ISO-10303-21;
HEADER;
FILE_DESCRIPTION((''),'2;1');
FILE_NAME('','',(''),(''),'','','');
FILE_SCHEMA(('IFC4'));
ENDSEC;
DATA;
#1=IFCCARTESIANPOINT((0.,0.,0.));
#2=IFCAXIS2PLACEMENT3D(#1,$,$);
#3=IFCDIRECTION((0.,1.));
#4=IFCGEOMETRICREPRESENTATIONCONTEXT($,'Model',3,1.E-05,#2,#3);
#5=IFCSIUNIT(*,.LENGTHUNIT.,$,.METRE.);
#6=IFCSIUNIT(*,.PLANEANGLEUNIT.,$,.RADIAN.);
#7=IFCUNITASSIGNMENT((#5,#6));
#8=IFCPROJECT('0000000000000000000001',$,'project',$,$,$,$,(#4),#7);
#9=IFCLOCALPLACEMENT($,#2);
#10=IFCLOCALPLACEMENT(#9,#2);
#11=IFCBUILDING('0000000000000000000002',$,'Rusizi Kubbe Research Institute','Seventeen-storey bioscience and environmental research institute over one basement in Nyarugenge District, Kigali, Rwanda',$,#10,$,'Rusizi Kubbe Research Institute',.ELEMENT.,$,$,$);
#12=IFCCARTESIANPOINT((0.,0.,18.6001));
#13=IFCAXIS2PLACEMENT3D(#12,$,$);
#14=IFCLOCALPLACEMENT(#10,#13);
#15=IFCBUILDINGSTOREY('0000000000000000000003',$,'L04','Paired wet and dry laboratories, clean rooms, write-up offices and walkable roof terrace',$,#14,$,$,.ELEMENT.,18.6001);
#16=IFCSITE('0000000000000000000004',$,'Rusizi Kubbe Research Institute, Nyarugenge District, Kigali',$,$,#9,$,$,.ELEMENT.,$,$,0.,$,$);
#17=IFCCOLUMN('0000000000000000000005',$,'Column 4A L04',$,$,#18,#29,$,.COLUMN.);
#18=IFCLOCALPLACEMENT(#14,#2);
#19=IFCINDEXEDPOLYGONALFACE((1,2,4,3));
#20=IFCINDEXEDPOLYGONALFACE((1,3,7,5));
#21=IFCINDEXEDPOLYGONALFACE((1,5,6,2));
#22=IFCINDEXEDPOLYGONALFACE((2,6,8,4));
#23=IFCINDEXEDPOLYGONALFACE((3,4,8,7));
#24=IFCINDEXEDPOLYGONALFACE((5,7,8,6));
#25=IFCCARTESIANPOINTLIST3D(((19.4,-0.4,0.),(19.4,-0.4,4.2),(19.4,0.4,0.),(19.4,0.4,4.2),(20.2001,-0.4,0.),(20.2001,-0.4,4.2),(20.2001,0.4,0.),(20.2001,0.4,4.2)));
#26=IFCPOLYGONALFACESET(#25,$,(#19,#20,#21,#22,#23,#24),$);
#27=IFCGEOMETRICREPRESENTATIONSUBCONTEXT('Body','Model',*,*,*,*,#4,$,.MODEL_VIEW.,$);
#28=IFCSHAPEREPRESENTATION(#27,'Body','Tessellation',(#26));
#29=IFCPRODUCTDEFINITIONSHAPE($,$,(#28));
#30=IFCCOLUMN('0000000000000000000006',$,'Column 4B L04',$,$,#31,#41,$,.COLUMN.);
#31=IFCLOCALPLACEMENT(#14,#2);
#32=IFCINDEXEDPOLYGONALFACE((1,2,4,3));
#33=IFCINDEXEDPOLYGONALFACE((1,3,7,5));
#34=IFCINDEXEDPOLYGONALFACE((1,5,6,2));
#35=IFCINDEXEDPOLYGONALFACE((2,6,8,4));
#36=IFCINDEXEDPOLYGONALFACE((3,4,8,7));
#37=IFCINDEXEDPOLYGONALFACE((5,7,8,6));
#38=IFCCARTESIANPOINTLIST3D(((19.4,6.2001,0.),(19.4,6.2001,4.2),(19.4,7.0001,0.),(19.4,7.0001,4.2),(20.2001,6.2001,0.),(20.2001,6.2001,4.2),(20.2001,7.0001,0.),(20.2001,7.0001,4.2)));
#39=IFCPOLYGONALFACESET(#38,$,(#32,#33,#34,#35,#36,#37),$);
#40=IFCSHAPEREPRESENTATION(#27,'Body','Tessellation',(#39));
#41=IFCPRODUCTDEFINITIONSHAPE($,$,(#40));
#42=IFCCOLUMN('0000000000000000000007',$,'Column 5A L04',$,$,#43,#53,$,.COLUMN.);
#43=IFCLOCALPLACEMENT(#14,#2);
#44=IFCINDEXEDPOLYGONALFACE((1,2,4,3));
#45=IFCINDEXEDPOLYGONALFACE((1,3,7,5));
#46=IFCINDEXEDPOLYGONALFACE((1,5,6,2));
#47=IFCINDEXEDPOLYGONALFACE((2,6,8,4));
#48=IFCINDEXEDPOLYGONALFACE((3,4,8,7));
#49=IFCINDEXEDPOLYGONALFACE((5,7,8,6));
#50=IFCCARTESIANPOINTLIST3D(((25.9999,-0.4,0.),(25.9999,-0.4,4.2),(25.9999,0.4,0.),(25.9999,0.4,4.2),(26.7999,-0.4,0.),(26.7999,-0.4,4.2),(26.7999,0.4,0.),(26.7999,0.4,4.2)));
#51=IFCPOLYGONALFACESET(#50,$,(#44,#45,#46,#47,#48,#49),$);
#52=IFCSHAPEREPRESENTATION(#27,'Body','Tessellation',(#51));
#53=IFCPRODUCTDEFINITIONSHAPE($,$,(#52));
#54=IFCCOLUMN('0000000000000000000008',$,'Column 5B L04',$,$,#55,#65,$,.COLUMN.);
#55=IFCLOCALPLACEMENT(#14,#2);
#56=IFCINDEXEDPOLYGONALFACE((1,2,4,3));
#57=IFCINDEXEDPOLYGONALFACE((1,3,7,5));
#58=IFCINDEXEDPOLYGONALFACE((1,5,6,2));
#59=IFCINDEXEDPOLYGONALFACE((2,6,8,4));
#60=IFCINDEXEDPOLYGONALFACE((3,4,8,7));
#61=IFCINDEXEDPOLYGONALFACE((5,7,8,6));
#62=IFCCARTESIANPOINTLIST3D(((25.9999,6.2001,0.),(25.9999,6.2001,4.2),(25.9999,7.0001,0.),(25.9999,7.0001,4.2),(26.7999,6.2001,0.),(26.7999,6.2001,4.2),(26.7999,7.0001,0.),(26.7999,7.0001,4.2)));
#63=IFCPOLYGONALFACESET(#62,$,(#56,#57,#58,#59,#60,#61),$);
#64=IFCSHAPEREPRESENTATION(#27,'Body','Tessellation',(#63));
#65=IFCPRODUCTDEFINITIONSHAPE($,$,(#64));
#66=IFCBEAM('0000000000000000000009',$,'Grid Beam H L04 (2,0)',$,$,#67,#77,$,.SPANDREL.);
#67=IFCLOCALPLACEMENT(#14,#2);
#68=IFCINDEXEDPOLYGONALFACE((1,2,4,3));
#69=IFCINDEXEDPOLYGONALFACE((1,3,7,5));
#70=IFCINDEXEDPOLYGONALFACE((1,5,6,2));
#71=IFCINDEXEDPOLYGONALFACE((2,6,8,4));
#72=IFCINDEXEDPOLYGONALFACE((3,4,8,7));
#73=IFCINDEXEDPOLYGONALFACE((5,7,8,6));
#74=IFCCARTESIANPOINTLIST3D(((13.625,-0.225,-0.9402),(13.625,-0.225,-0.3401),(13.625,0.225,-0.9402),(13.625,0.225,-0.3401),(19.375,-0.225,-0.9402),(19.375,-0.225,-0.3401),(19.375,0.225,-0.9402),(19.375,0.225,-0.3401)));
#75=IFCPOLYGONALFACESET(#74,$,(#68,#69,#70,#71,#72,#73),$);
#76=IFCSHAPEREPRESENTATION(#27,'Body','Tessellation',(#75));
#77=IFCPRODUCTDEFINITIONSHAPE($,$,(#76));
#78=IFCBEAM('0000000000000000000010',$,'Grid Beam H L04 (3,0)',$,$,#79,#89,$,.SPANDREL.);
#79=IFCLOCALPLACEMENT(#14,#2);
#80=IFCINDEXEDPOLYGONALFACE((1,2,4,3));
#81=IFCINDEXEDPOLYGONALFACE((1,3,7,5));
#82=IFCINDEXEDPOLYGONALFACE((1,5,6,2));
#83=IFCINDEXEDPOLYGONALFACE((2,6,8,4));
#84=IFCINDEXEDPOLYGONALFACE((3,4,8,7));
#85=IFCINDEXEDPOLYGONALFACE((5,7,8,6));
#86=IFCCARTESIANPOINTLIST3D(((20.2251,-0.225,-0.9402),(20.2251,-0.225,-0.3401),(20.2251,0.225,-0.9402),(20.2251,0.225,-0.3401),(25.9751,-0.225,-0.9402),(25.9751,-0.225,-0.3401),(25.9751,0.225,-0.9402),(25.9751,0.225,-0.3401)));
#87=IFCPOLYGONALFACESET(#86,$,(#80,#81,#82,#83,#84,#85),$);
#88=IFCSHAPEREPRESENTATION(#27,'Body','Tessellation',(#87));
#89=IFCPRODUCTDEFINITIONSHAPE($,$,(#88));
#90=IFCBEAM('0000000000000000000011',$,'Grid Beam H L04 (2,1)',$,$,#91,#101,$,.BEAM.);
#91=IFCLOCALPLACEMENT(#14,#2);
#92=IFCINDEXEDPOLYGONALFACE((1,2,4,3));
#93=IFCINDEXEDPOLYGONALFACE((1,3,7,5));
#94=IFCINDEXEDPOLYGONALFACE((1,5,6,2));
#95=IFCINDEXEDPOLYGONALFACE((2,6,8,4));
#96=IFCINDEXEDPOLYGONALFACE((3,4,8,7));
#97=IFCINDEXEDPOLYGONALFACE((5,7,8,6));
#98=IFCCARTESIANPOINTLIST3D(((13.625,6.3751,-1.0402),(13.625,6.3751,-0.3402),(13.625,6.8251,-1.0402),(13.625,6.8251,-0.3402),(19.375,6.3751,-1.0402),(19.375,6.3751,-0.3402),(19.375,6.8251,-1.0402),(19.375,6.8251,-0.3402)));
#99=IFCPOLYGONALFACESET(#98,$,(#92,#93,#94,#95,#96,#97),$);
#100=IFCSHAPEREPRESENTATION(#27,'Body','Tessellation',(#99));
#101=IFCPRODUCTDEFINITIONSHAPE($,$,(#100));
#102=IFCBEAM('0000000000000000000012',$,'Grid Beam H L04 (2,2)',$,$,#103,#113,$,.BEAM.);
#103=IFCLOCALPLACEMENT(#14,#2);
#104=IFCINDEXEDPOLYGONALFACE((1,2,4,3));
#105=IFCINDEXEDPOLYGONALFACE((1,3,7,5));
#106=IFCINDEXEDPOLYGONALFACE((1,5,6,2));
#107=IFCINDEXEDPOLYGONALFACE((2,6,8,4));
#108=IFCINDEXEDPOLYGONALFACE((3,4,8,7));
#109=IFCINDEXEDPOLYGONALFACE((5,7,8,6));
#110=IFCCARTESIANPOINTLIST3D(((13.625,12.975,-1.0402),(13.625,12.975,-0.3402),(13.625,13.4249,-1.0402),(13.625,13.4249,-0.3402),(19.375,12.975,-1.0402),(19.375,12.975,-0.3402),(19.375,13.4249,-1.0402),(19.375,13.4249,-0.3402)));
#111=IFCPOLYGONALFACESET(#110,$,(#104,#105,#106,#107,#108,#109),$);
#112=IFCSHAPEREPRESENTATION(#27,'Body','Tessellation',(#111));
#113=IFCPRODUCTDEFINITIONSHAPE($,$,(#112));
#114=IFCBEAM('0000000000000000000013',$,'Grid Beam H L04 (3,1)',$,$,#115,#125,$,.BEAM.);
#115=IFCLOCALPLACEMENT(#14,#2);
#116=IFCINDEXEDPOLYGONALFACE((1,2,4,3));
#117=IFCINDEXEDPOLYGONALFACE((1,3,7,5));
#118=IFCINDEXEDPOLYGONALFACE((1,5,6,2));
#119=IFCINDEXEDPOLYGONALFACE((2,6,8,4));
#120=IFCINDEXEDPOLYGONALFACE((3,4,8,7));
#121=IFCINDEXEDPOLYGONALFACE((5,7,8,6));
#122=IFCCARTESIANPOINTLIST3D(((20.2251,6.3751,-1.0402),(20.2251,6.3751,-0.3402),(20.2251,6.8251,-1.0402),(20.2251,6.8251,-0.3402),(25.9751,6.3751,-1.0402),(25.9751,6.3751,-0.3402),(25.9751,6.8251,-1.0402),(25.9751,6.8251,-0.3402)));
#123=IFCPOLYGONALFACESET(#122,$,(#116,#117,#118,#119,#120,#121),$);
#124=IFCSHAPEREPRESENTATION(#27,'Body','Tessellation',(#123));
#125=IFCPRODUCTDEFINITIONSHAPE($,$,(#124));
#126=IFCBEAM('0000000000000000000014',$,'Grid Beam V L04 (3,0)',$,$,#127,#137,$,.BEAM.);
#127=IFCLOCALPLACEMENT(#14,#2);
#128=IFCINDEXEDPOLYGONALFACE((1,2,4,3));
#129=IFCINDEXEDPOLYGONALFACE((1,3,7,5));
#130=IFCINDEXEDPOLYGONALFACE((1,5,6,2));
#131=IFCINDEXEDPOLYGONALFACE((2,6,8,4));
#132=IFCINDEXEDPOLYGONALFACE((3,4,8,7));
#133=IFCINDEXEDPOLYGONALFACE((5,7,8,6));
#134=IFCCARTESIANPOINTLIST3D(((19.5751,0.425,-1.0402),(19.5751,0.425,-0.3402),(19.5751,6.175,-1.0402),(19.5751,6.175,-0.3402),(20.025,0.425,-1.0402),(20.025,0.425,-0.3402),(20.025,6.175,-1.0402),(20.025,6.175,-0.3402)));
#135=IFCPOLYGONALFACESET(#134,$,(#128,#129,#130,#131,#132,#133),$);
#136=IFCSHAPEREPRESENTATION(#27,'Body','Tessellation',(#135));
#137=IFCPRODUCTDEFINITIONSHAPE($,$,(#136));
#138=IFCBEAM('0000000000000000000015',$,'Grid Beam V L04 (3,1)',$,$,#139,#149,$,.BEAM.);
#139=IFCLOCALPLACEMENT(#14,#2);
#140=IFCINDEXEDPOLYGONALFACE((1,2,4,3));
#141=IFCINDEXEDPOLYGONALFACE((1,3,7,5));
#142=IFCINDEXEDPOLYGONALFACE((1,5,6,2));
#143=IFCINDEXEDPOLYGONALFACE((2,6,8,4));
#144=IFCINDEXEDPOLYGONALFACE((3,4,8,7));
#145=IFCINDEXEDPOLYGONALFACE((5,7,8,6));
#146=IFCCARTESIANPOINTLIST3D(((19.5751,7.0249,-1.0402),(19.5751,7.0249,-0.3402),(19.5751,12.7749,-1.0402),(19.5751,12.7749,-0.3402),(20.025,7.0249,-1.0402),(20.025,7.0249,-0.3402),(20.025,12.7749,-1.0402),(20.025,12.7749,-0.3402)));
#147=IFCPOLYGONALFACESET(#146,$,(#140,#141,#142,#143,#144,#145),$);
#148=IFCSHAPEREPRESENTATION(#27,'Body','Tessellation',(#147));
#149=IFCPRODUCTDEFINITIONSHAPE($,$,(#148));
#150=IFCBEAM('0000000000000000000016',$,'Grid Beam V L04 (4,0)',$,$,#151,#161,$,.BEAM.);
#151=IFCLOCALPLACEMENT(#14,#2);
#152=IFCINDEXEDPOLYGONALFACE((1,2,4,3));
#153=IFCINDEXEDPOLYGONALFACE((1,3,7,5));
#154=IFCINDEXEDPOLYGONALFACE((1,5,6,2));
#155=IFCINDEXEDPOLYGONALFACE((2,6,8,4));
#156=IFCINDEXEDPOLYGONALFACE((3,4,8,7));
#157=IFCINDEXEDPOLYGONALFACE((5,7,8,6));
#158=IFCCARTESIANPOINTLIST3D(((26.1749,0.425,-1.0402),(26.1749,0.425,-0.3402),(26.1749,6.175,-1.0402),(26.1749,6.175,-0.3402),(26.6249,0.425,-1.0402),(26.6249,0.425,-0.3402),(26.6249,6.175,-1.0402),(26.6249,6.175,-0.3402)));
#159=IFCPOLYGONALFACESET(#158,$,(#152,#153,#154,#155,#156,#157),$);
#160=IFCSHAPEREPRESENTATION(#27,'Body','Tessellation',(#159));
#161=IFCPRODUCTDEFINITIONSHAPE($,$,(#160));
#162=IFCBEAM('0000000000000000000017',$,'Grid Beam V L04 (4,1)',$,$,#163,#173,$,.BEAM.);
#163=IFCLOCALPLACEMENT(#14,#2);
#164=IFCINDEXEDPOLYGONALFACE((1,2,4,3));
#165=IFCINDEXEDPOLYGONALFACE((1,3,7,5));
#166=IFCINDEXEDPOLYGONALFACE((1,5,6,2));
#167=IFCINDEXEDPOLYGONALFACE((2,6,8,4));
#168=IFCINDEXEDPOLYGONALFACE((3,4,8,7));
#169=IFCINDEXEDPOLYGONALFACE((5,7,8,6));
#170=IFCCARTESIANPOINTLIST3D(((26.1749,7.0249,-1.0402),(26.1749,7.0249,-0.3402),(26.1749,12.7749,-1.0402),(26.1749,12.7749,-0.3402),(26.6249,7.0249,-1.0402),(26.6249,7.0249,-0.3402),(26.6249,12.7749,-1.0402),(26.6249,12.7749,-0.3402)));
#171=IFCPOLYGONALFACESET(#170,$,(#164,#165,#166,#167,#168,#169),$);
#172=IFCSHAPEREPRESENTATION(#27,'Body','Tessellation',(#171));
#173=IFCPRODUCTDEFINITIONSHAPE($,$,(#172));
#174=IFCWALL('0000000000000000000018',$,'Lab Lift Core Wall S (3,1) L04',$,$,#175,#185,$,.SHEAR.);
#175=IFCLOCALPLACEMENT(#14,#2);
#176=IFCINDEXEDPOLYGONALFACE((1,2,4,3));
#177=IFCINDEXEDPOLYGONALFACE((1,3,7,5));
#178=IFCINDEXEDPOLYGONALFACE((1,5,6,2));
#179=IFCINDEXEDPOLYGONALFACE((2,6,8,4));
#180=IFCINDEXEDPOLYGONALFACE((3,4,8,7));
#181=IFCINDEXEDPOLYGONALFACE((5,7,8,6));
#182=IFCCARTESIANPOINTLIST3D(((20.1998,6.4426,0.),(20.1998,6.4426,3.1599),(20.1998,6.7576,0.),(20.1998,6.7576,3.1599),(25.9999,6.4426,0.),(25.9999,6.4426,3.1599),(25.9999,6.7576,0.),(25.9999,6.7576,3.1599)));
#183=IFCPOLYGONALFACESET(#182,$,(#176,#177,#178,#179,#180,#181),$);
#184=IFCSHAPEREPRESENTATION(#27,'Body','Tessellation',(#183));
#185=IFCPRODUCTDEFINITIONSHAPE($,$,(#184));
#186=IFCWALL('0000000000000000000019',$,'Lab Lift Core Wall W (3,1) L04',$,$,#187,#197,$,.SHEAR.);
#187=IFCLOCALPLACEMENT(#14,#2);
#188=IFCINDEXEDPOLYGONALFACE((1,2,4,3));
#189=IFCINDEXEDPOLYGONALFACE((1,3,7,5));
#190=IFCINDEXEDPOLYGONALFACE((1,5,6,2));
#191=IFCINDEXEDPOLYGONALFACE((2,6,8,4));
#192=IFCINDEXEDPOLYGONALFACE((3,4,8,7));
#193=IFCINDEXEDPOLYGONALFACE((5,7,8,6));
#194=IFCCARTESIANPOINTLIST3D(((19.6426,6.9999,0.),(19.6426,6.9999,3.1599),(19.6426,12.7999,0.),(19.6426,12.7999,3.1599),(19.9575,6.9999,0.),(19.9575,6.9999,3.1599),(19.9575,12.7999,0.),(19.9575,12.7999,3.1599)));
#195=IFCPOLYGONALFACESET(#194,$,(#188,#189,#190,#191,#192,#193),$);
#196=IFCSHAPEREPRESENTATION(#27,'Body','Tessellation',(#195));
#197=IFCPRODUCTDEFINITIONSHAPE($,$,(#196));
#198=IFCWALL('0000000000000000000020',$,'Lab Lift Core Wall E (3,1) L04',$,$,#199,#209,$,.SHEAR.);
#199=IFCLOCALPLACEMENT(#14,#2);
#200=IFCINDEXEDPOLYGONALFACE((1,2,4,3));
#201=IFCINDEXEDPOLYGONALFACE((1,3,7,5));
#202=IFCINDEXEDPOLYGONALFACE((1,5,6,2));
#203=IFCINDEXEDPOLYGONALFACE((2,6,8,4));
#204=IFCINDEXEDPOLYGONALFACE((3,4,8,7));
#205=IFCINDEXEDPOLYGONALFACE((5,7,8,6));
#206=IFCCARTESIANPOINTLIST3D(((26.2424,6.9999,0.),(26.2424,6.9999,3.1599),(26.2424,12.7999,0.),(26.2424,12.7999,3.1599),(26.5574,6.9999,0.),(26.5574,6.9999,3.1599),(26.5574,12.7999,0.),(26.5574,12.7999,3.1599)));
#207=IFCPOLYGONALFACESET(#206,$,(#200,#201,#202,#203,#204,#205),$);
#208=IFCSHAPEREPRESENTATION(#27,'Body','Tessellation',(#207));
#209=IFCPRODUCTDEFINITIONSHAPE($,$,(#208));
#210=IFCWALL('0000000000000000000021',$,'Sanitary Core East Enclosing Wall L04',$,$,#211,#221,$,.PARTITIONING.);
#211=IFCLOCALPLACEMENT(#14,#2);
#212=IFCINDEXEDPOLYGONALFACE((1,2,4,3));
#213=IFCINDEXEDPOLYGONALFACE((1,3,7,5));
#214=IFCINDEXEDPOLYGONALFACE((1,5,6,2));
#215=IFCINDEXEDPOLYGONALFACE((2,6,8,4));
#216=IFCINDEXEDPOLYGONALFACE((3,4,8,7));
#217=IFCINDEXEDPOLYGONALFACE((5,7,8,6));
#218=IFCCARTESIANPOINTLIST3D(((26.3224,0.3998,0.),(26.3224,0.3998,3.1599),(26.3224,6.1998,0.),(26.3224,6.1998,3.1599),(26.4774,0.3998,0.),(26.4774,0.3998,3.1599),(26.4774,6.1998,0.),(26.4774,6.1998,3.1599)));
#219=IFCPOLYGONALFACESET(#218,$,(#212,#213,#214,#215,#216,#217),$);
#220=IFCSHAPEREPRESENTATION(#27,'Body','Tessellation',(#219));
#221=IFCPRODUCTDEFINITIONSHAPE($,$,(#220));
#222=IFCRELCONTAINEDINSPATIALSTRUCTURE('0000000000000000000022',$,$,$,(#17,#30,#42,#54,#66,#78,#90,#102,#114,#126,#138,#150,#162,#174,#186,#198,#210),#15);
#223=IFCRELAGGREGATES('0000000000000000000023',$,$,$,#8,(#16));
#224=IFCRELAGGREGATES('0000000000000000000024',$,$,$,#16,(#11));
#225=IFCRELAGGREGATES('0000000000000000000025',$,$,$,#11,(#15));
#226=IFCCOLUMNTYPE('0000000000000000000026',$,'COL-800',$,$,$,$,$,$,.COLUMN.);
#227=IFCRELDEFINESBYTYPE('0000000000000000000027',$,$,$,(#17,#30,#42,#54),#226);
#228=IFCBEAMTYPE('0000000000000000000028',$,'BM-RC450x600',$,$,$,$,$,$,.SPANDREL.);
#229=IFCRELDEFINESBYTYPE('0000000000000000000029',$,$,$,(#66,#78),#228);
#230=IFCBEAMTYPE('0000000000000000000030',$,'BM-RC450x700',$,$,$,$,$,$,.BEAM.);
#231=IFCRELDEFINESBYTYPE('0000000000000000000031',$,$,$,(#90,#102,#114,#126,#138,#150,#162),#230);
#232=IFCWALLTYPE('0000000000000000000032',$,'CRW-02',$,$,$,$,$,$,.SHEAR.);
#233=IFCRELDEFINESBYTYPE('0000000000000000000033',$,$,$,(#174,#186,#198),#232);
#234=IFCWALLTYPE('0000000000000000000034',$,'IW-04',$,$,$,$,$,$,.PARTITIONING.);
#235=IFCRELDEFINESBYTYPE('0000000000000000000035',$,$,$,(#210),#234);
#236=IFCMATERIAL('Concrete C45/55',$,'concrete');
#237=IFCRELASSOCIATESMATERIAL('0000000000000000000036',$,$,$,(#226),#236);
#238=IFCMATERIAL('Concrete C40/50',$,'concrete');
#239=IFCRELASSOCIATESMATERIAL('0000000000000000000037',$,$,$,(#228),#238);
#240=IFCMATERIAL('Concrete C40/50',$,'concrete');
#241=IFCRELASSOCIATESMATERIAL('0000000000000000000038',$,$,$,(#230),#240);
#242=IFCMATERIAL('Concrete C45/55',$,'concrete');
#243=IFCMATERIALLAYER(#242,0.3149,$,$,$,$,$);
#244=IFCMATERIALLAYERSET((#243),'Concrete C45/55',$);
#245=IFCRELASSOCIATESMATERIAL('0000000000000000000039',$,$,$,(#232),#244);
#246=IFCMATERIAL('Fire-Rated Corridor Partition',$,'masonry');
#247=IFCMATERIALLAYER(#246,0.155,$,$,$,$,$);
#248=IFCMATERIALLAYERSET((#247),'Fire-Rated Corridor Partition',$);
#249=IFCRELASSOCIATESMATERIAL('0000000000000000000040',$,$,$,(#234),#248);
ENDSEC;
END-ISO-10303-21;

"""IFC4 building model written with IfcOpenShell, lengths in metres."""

from ifc_helpers import new_model, si_unit, direction, frame, frame_2d, origin, origin_2d, place, context, subcontext, project, spatial, rectangle, extrude, material, layer, layer_set, material_profile, profile_set, type_object, element, save


model = new_model("IFC4")

# Units and contexts
model_context = context("Model", 3, precision=1e-05, world=origin(), true_north=direction((0.0, 1.0)))
body_context = subcontext(model_context, "Body", "Model", "MODEL_VIEW")
ifc_project = project(units=[si_unit("LENGTHUNIT", "METRE"), si_unit("PLANEANGLEUNIT", "RADIAN")], contexts=[model_context])

# Site, building, storey
site_placement = place(None, origin())
site = spatial("IfcSite", under=ifc_project, at=site_placement, Name="Rusizi Kubbe Research Institute, Nyarugenge District, Kigali", CompositionType="ELEMENT", RefElevation=0.0)
building_placement = place(site_placement, origin())
building = spatial("IfcBuilding", under=site, at=building_placement, Name="Rusizi Kubbe Research Institute", Description="Seventeen-storey bioscience and environmental research institute over one basement in Nyarugenge District, Kigali, Rwanda", LongName="Rusizi Kubbe Research Institute", CompositionType="ELEMENT")
storey_placement = place(building_placement, frame((0.0, 0.0, 18.6001)))
storey = spatial("IfcBuildingStorey", under=building, at=storey_placement, Name="L04", Description="Paired wet and dry laboratories, clean rooms, write-up offices and walkable roof terrace", CompositionType="ELEMENT", Elevation=18.6001)

# Columns
ifc_material_1 = material(Name="Concrete C45/55", Category="concrete")
ifc_material_profile_1 = material_profile(ifc_material_1, rectangle(XDim=0.8, YDim=0.8, at=origin_2d()), Name="RC800x800")
ifc_profile_set_1 = profile_set([ifc_material_profile_1], Name="Concrete C45/55")
column_type = type_object("IfcColumnType", Name="COL-800", PredefinedType="COLUMN", material=ifc_profile_set_1)
for number, where, z_axis, x_axis, name in (
    (1, (19.8, 0.0, 0.0), (0.0, 0.0, 1.0), (1.0, 0.0, 0.0), "Column 4A L04"),
    (2, (19.8, 6.6001, 0.0), (0.0, 0.0, 1.0), (1.0, 0.0, 0.0), "Column 4B L04"),
    (3, (26.3999, 0.0, 0.0), (0.0, 0.0, 1.0), (1.0, 0.0, 0.0), "Column 5A L04"),
    (4, (26.3999, 6.6001, 0.0), (0.0, 0.0, 1.0), (1.0, 0.0, 0.0), "Column 5B L04"),
):
    element("IfcColumn", number, at=place(storey_placement, frame(where, z_axis=z_axis, x_axis=x_axis)), inside=storey, type_object=column_type, Name=name, PredefinedType="COLUMN", context=body_context, shape_type="SweptSolid", body=[
        extrude(rectangle(XDim=0.8, YDim=0.8, at=origin_2d()), origin(), (0.0, 0.0, 1.0), 4.2),
    ])

# Beams
ifc_material_2 = material(Name="Concrete C40/50", Category="concrete")
ifc_material_profile_2 = material_profile(ifc_material_2, rectangle(XDim=0.45, YDim=0.6001, at=origin_2d()), Name="RC450x600")
ifc_profile_set_2 = profile_set([ifc_material_profile_2], Name="Concrete C40/50")
beam_type_1 = type_object("IfcBeamType", Name="BM-RC450x600", PredefinedType="SPANDREL", material=ifc_profile_set_2)
for number, where, z_axis, x_axis, name in (
    (5, (13.625, 0.0, -0.6401), (1.0, 0.0, 0.0), (0.0, 1.0, 0.0), "Grid Beam H L04 (2,0)"),
    (6, (20.2251, 0.0, -0.6401), (1.0, 0.0, 0.0), (0.0, 1.0, 0.0), "Grid Beam H L04 (3,0)"),
):
    element("IfcBeam", number, at=place(storey_placement, frame(where, z_axis=z_axis, x_axis=x_axis)), inside=storey, type_object=beam_type_1, Name=name, PredefinedType="SPANDREL", context=body_context, shape_type="SweptSolid", body=[
        extrude(rectangle(XDim=0.45, YDim=0.6001, at=origin_2d()), origin(), (0.0, 0.0, 1.0), 5.75),
    ])
ifc_material_3 = material(Name="Concrete C40/50", Category="concrete")
ifc_material_profile_3 = material_profile(ifc_material_3, rectangle(XDim=0.45, YDim=0.7, at=origin_2d()), Name="RC450x700B")
ifc_profile_set_3 = profile_set([ifc_material_profile_3], Name="Concrete C40/50")
beam_type_2 = type_object("IfcBeamType", Name="BM-RC450x700", PredefinedType="BEAM", material=ifc_profile_set_3)
for number, where, z_axis, x_axis, name in (
    (7, (13.625, 6.6001, -0.6902), (1.0, 0.0, 0.0), (0.0, 1.0, 0.0), "Grid Beam H L04 (2,1)"),
    (8, (13.625, 13.2, -0.6902), (1.0, 0.0, 0.0), (0.0, 1.0, 0.0), "Grid Beam H L04 (2,2)"),
    (9, (20.2251, 6.6001, -0.6902), (1.0, 0.0, 0.0), (0.0, 1.0, 0.0), "Grid Beam H L04 (3,1)"),
    (10, (19.8, 0.425, -0.6902), (0.0, 1.0, 0.0), (-1.0, 0.0, 0.0), "Grid Beam V L04 (3,0)"),
    (11, (19.8, 7.0249, -0.6902), (0.0, 1.0, 0.0), (-1.0, 0.0, 0.0), "Grid Beam V L04 (3,1)"),
    (12, (26.3999, 0.425, -0.6902), (0.0, 1.0, 0.0), (-1.0, 0.0, 0.0), "Grid Beam V L04 (4,0)"),
    (13, (26.3999, 7.0249, -0.6902), (0.0, 1.0, 0.0), (-1.0, 0.0, 0.0), "Grid Beam V L04 (4,1)"),
):
    element("IfcBeam", number, at=place(storey_placement, frame(where, z_axis=z_axis, x_axis=x_axis)), inside=storey, type_object=beam_type_2, Name=name, PredefinedType="BEAM", context=body_context, shape_type="SweptSolid", body=[
        extrude(rectangle(XDim=0.45, YDim=0.7, at=origin_2d()), origin(), (0.0, 0.0, 1.0), 5.75),
    ])

# Walls
ifc_material_4 = material(Name="Concrete C45/55", Category="concrete")
ifc_layer_1 = layer(ifc_material_4, 0.3149)
ifc_layer_set_1 = layer_set([ifc_layer_1], Name="Concrete C45/55")
wall_type_1 = type_object("IfcWallType", Name="CRW-02", PredefinedType="SHEAR", material=ifc_layer_set_1)
for number, where, z_axis, x_axis, name in (
    (14, (20.2, 6.6001, 0.0), (0.0, 0.0, 1.0), (1.0, 0.0, 0.0), "Lab Lift Core Wall S (3,1) L04"),
    (15, (19.8, 7.0, 0.0), (0.0, 0.0, 1.0), (0.0, 1.0, 0.0), "Lab Lift Core Wall W (3,1) L04"),
    (16, (26.3999, 7.0, 0.0), (0.0, 0.0, 1.0), (0.0, 1.0, 0.0), "Lab Lift Core Wall E (3,1) L04"),
):
    element("IfcWall", number, at=place(storey_placement, frame(where, z_axis=z_axis, x_axis=x_axis)), inside=storey, type_object=wall_type_1, Name=name, PredefinedType="SHEAR", context=body_context, shape_type="SweptSolid", body=[
        extrude(rectangle(XDim=5.8, YDim=0.3149, at=frame_2d((2.8999, 0.0))), origin(), (0.0, 0.0, 1.0), 3.1599),
    ])

# Wall
ifc_material_5 = material(Name="Fire-Rated Corridor Partition", Category="masonry")
ifc_layer_2 = layer(ifc_material_5, 0.155)
ifc_layer_set_2 = layer_set([ifc_layer_2], Name="Fire-Rated Corridor Partition")
wall_type_2 = type_object("IfcWallType", Name="IW-04", PredefinedType="PARTITIONING", material=ifc_layer_set_2)
wall_1_placement = place(storey_placement, frame((26.3999, 0.3999, 0.0), z_axis=(0.0, 0.0, 1.0), x_axis=(0.0, 1.0, 0.0)))
element("IfcWall", 17, at=wall_1_placement, inside=storey, type_object=wall_type_2, Name="Sanitary Core East Enclosing Wall L04", PredefinedType="PARTITIONING", context=body_context, shape_type="SweptSolid", body=[
    extrude(rectangle(XDim=5.8, YDim=0.155, at=frame_2d((2.8999, 0.0))), origin(), (0.0, 0.0, 1.0), 3.1599),
])

save(model, "model.ifc")
